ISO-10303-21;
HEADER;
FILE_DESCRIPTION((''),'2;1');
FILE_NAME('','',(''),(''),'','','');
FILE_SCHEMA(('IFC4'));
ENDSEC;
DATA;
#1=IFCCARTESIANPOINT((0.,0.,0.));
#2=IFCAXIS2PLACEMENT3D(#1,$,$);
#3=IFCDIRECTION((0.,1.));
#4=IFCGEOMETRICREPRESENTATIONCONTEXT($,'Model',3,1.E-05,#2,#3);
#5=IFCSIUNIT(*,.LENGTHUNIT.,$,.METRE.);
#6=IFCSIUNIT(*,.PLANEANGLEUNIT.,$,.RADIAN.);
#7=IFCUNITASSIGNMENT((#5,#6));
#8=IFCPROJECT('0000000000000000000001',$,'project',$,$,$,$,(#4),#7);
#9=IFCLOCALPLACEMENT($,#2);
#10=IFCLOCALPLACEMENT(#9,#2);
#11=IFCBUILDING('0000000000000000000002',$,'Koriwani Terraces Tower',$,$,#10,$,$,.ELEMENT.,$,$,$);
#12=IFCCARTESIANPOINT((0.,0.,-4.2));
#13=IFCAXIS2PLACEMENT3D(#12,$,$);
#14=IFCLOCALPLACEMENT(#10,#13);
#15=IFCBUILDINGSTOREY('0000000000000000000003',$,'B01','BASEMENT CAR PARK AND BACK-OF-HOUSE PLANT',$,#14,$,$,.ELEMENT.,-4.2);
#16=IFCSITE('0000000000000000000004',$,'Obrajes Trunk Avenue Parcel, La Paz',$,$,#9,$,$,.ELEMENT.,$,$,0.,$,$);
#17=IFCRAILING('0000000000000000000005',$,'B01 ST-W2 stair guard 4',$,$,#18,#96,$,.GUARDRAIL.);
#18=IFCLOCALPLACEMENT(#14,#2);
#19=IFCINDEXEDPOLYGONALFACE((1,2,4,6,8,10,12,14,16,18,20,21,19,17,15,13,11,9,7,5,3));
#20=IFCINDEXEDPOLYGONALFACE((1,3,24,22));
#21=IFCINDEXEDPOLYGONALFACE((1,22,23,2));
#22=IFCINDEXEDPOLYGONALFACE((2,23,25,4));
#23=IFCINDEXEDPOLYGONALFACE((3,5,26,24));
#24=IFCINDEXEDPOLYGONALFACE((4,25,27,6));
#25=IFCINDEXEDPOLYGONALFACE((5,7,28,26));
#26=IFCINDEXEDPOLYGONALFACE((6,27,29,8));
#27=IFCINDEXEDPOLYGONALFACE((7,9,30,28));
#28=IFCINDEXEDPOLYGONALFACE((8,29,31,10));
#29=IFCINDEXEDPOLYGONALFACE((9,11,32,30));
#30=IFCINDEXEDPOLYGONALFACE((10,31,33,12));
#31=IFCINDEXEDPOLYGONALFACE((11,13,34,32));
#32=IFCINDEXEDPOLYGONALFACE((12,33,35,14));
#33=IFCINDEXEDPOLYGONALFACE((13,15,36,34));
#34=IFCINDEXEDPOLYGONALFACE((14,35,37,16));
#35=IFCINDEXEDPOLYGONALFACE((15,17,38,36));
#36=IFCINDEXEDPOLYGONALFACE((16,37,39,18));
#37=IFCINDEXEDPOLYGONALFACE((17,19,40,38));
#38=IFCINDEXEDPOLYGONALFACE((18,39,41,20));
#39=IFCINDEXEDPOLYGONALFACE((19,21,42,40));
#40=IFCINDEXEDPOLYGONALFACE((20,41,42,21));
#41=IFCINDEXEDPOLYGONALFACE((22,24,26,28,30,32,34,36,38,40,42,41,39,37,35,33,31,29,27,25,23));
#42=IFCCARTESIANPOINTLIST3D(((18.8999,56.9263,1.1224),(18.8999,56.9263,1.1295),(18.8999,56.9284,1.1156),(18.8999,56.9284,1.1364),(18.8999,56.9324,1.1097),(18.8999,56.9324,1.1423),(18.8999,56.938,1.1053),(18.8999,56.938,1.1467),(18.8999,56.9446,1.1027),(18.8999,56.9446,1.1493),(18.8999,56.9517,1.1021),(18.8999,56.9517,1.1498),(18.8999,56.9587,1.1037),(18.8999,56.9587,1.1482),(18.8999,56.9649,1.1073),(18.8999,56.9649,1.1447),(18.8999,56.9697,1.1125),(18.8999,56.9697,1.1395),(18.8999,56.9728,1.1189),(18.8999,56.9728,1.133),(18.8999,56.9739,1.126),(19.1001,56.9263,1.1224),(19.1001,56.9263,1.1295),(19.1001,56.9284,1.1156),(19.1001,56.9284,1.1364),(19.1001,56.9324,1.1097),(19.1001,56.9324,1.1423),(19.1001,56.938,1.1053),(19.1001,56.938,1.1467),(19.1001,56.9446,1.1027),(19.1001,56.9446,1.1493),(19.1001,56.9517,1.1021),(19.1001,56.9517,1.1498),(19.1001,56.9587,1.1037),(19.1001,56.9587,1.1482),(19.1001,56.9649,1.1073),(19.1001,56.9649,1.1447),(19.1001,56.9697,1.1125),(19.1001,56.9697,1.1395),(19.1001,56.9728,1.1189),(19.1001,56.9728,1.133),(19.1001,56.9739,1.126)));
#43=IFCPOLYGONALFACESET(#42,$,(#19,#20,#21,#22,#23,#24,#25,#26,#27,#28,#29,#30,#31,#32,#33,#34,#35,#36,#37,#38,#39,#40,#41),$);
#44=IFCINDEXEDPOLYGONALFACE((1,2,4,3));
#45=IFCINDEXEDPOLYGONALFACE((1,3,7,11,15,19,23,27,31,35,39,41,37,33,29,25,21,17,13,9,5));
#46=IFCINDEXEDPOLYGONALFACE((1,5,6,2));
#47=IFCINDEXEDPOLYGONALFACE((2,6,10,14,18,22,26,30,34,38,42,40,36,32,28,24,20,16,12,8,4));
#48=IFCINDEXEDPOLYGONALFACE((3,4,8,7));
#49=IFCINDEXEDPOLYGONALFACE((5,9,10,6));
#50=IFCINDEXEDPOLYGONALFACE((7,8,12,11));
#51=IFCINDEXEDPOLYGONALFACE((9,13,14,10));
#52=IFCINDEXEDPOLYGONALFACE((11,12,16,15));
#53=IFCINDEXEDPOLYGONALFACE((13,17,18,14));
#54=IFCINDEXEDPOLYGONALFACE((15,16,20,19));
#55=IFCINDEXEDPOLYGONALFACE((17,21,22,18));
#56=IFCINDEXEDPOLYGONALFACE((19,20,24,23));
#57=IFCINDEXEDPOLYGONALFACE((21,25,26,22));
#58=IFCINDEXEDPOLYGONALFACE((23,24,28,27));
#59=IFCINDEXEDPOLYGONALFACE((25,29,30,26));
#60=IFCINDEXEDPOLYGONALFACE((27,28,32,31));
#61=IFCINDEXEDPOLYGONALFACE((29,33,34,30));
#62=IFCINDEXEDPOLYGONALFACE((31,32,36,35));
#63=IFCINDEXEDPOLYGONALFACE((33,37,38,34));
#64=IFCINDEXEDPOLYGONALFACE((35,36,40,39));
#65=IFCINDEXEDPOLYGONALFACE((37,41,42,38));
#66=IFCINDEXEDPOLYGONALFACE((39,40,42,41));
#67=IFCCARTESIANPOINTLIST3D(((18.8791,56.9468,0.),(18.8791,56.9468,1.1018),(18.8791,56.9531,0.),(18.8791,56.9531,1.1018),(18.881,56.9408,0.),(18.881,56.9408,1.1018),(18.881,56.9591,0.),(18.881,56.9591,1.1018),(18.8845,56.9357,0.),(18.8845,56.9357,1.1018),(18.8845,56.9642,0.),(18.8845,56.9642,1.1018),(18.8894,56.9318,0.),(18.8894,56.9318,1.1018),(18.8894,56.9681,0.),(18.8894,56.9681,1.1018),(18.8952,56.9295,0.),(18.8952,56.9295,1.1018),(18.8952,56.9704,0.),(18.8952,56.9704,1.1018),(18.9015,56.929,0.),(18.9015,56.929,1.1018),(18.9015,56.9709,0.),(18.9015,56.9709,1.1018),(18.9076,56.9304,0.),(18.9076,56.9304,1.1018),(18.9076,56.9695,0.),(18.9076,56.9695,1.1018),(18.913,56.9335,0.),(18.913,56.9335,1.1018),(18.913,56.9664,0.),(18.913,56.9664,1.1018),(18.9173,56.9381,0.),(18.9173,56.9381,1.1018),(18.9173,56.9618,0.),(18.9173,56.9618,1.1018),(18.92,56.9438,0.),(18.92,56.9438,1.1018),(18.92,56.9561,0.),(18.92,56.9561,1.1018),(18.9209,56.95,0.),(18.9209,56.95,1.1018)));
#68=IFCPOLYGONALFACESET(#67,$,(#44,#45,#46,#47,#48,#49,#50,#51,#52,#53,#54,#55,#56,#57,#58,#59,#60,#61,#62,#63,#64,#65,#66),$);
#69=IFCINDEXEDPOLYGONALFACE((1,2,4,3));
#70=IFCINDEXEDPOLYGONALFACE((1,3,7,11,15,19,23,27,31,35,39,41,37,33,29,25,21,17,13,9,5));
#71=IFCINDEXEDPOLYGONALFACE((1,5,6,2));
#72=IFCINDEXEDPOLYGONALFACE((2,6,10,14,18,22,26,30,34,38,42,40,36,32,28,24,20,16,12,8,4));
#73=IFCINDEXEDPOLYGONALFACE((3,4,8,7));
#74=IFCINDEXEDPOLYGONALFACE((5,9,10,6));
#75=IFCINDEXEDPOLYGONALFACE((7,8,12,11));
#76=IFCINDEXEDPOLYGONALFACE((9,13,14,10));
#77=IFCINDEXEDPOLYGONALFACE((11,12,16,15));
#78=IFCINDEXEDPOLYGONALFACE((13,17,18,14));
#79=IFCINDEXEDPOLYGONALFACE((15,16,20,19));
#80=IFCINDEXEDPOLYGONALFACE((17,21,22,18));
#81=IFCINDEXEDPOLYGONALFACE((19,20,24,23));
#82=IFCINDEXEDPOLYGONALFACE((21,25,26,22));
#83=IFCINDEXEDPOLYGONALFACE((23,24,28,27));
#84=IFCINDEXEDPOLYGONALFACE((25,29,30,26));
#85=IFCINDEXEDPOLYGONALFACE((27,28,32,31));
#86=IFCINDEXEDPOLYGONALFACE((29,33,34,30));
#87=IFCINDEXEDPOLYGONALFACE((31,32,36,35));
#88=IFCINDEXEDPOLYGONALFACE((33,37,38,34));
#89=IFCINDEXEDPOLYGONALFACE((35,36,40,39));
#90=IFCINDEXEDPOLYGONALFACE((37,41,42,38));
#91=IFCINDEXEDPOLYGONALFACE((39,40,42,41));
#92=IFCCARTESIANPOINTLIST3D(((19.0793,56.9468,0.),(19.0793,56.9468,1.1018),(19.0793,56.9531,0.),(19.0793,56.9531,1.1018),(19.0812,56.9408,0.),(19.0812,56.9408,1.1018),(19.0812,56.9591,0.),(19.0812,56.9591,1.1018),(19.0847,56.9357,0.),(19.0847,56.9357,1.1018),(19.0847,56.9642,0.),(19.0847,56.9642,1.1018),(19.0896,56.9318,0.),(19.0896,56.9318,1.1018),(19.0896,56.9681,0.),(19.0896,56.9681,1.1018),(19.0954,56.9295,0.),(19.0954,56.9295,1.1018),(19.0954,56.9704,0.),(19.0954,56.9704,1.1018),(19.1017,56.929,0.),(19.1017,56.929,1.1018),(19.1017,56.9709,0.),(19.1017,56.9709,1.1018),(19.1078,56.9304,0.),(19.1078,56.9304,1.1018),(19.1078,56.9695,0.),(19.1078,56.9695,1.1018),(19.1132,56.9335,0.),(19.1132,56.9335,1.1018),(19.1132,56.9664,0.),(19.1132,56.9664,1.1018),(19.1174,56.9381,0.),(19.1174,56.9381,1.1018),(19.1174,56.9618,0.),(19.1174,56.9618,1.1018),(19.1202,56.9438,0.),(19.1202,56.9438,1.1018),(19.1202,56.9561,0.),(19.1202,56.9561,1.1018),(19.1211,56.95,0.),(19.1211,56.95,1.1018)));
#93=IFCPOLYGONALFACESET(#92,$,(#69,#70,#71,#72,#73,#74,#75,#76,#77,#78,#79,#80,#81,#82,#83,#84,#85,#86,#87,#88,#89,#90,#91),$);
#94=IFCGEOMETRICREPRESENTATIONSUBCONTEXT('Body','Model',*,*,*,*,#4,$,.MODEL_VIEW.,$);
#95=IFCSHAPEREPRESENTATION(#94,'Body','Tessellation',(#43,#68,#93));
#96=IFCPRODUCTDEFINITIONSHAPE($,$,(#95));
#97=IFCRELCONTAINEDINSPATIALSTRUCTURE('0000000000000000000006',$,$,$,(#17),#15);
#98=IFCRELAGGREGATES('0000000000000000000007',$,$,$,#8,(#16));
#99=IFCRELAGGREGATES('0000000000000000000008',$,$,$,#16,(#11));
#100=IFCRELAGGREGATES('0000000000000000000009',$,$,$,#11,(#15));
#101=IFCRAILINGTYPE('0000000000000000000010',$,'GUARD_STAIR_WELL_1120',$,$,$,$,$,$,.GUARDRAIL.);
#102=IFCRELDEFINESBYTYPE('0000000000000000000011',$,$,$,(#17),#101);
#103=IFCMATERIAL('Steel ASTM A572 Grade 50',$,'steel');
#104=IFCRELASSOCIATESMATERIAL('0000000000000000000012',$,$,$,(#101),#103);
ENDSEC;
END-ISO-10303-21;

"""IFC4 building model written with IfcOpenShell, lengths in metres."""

from ifc_helpers import new_model, si_unit, direction, frame, origin, origin_2d, place, context, subcontext, project, spatial, circle, extrude, material, type_object, element, save


model = new_model("IFC4")

# Units and contexts
model_context = context("Model", 3, precision=1e-05, world=origin(), true_north=direction((0.0, 1.0)))
body_context = subcontext(model_context, "Body", "Model", "MODEL_VIEW")
ifc_project = project(units=[si_unit("LENGTHUNIT", "METRE"), si_unit("PLANEANGLEUNIT", "RADIAN")], contexts=[model_context])

# Site, building, storey
site_placement = place(None, origin())
site = spatial("IfcSite", under=ifc_project, at=site_placement, Name="Obrajes Trunk Avenue Parcel, La Paz", CompositionType="ELEMENT", RefElevation=0.0)
building_placement = place(site_placement, origin())
building = spatial("IfcBuilding", under=site, at=building_placement, Name="Koriwani Terraces Tower", CompositionType="ELEMENT")
storey_placement = place(building_placement, frame((0.0, 0.0, -4.2)))
storey = spatial("IfcBuildingStorey", under=building, at=storey_placement, Name="B01", Description="BASEMENT CAR PARK AND BACK-OF-HOUSE PLANT", CompositionType="ELEMENT", Elevation=-4.2)

# Shared definitions
ifc_material_1 = material(Name="Steel ASTM A572 Grade 50", Category="steel")

# Railing
railing_type_1 = type_object("IfcRailingType", Name="GUARD_STAIR_WELL_1120", PredefinedType="GUARDRAIL", material=ifc_material_1)
railing_1_placement = place(storey_placement, frame((18.8999, 56.95, 0.0)))
element("IfcRailing", 1, at=railing_1_placement, inside=storey, type_object=railing_type_1, Name="B01 ST-W2 stair guard 4", PredefinedType="GUARDRAIL", context=body_context, shape_type="SweptSolid", body=[
    extrude(circle(Radius=0.0239, at=origin_2d()), frame((0.0, 0.0, 1.126), z_axis=(1.0, 0.0, 0.0), x_axis=(0.0, 1.0, 0.0)), (0.0, 0.0, 1.0), 0.2002),
    extrude(circle(Radius=0.021, at=origin_2d()), origin(), (0.0, 0.0, 1.0), 1.1018),
    extrude(circle(Radius=0.021, at=origin_2d()), frame((0.2002, 0.0, 0.0)), (0.0, 0.0, 1.0), 1.1018),
])

save(model, "model.ifc")
